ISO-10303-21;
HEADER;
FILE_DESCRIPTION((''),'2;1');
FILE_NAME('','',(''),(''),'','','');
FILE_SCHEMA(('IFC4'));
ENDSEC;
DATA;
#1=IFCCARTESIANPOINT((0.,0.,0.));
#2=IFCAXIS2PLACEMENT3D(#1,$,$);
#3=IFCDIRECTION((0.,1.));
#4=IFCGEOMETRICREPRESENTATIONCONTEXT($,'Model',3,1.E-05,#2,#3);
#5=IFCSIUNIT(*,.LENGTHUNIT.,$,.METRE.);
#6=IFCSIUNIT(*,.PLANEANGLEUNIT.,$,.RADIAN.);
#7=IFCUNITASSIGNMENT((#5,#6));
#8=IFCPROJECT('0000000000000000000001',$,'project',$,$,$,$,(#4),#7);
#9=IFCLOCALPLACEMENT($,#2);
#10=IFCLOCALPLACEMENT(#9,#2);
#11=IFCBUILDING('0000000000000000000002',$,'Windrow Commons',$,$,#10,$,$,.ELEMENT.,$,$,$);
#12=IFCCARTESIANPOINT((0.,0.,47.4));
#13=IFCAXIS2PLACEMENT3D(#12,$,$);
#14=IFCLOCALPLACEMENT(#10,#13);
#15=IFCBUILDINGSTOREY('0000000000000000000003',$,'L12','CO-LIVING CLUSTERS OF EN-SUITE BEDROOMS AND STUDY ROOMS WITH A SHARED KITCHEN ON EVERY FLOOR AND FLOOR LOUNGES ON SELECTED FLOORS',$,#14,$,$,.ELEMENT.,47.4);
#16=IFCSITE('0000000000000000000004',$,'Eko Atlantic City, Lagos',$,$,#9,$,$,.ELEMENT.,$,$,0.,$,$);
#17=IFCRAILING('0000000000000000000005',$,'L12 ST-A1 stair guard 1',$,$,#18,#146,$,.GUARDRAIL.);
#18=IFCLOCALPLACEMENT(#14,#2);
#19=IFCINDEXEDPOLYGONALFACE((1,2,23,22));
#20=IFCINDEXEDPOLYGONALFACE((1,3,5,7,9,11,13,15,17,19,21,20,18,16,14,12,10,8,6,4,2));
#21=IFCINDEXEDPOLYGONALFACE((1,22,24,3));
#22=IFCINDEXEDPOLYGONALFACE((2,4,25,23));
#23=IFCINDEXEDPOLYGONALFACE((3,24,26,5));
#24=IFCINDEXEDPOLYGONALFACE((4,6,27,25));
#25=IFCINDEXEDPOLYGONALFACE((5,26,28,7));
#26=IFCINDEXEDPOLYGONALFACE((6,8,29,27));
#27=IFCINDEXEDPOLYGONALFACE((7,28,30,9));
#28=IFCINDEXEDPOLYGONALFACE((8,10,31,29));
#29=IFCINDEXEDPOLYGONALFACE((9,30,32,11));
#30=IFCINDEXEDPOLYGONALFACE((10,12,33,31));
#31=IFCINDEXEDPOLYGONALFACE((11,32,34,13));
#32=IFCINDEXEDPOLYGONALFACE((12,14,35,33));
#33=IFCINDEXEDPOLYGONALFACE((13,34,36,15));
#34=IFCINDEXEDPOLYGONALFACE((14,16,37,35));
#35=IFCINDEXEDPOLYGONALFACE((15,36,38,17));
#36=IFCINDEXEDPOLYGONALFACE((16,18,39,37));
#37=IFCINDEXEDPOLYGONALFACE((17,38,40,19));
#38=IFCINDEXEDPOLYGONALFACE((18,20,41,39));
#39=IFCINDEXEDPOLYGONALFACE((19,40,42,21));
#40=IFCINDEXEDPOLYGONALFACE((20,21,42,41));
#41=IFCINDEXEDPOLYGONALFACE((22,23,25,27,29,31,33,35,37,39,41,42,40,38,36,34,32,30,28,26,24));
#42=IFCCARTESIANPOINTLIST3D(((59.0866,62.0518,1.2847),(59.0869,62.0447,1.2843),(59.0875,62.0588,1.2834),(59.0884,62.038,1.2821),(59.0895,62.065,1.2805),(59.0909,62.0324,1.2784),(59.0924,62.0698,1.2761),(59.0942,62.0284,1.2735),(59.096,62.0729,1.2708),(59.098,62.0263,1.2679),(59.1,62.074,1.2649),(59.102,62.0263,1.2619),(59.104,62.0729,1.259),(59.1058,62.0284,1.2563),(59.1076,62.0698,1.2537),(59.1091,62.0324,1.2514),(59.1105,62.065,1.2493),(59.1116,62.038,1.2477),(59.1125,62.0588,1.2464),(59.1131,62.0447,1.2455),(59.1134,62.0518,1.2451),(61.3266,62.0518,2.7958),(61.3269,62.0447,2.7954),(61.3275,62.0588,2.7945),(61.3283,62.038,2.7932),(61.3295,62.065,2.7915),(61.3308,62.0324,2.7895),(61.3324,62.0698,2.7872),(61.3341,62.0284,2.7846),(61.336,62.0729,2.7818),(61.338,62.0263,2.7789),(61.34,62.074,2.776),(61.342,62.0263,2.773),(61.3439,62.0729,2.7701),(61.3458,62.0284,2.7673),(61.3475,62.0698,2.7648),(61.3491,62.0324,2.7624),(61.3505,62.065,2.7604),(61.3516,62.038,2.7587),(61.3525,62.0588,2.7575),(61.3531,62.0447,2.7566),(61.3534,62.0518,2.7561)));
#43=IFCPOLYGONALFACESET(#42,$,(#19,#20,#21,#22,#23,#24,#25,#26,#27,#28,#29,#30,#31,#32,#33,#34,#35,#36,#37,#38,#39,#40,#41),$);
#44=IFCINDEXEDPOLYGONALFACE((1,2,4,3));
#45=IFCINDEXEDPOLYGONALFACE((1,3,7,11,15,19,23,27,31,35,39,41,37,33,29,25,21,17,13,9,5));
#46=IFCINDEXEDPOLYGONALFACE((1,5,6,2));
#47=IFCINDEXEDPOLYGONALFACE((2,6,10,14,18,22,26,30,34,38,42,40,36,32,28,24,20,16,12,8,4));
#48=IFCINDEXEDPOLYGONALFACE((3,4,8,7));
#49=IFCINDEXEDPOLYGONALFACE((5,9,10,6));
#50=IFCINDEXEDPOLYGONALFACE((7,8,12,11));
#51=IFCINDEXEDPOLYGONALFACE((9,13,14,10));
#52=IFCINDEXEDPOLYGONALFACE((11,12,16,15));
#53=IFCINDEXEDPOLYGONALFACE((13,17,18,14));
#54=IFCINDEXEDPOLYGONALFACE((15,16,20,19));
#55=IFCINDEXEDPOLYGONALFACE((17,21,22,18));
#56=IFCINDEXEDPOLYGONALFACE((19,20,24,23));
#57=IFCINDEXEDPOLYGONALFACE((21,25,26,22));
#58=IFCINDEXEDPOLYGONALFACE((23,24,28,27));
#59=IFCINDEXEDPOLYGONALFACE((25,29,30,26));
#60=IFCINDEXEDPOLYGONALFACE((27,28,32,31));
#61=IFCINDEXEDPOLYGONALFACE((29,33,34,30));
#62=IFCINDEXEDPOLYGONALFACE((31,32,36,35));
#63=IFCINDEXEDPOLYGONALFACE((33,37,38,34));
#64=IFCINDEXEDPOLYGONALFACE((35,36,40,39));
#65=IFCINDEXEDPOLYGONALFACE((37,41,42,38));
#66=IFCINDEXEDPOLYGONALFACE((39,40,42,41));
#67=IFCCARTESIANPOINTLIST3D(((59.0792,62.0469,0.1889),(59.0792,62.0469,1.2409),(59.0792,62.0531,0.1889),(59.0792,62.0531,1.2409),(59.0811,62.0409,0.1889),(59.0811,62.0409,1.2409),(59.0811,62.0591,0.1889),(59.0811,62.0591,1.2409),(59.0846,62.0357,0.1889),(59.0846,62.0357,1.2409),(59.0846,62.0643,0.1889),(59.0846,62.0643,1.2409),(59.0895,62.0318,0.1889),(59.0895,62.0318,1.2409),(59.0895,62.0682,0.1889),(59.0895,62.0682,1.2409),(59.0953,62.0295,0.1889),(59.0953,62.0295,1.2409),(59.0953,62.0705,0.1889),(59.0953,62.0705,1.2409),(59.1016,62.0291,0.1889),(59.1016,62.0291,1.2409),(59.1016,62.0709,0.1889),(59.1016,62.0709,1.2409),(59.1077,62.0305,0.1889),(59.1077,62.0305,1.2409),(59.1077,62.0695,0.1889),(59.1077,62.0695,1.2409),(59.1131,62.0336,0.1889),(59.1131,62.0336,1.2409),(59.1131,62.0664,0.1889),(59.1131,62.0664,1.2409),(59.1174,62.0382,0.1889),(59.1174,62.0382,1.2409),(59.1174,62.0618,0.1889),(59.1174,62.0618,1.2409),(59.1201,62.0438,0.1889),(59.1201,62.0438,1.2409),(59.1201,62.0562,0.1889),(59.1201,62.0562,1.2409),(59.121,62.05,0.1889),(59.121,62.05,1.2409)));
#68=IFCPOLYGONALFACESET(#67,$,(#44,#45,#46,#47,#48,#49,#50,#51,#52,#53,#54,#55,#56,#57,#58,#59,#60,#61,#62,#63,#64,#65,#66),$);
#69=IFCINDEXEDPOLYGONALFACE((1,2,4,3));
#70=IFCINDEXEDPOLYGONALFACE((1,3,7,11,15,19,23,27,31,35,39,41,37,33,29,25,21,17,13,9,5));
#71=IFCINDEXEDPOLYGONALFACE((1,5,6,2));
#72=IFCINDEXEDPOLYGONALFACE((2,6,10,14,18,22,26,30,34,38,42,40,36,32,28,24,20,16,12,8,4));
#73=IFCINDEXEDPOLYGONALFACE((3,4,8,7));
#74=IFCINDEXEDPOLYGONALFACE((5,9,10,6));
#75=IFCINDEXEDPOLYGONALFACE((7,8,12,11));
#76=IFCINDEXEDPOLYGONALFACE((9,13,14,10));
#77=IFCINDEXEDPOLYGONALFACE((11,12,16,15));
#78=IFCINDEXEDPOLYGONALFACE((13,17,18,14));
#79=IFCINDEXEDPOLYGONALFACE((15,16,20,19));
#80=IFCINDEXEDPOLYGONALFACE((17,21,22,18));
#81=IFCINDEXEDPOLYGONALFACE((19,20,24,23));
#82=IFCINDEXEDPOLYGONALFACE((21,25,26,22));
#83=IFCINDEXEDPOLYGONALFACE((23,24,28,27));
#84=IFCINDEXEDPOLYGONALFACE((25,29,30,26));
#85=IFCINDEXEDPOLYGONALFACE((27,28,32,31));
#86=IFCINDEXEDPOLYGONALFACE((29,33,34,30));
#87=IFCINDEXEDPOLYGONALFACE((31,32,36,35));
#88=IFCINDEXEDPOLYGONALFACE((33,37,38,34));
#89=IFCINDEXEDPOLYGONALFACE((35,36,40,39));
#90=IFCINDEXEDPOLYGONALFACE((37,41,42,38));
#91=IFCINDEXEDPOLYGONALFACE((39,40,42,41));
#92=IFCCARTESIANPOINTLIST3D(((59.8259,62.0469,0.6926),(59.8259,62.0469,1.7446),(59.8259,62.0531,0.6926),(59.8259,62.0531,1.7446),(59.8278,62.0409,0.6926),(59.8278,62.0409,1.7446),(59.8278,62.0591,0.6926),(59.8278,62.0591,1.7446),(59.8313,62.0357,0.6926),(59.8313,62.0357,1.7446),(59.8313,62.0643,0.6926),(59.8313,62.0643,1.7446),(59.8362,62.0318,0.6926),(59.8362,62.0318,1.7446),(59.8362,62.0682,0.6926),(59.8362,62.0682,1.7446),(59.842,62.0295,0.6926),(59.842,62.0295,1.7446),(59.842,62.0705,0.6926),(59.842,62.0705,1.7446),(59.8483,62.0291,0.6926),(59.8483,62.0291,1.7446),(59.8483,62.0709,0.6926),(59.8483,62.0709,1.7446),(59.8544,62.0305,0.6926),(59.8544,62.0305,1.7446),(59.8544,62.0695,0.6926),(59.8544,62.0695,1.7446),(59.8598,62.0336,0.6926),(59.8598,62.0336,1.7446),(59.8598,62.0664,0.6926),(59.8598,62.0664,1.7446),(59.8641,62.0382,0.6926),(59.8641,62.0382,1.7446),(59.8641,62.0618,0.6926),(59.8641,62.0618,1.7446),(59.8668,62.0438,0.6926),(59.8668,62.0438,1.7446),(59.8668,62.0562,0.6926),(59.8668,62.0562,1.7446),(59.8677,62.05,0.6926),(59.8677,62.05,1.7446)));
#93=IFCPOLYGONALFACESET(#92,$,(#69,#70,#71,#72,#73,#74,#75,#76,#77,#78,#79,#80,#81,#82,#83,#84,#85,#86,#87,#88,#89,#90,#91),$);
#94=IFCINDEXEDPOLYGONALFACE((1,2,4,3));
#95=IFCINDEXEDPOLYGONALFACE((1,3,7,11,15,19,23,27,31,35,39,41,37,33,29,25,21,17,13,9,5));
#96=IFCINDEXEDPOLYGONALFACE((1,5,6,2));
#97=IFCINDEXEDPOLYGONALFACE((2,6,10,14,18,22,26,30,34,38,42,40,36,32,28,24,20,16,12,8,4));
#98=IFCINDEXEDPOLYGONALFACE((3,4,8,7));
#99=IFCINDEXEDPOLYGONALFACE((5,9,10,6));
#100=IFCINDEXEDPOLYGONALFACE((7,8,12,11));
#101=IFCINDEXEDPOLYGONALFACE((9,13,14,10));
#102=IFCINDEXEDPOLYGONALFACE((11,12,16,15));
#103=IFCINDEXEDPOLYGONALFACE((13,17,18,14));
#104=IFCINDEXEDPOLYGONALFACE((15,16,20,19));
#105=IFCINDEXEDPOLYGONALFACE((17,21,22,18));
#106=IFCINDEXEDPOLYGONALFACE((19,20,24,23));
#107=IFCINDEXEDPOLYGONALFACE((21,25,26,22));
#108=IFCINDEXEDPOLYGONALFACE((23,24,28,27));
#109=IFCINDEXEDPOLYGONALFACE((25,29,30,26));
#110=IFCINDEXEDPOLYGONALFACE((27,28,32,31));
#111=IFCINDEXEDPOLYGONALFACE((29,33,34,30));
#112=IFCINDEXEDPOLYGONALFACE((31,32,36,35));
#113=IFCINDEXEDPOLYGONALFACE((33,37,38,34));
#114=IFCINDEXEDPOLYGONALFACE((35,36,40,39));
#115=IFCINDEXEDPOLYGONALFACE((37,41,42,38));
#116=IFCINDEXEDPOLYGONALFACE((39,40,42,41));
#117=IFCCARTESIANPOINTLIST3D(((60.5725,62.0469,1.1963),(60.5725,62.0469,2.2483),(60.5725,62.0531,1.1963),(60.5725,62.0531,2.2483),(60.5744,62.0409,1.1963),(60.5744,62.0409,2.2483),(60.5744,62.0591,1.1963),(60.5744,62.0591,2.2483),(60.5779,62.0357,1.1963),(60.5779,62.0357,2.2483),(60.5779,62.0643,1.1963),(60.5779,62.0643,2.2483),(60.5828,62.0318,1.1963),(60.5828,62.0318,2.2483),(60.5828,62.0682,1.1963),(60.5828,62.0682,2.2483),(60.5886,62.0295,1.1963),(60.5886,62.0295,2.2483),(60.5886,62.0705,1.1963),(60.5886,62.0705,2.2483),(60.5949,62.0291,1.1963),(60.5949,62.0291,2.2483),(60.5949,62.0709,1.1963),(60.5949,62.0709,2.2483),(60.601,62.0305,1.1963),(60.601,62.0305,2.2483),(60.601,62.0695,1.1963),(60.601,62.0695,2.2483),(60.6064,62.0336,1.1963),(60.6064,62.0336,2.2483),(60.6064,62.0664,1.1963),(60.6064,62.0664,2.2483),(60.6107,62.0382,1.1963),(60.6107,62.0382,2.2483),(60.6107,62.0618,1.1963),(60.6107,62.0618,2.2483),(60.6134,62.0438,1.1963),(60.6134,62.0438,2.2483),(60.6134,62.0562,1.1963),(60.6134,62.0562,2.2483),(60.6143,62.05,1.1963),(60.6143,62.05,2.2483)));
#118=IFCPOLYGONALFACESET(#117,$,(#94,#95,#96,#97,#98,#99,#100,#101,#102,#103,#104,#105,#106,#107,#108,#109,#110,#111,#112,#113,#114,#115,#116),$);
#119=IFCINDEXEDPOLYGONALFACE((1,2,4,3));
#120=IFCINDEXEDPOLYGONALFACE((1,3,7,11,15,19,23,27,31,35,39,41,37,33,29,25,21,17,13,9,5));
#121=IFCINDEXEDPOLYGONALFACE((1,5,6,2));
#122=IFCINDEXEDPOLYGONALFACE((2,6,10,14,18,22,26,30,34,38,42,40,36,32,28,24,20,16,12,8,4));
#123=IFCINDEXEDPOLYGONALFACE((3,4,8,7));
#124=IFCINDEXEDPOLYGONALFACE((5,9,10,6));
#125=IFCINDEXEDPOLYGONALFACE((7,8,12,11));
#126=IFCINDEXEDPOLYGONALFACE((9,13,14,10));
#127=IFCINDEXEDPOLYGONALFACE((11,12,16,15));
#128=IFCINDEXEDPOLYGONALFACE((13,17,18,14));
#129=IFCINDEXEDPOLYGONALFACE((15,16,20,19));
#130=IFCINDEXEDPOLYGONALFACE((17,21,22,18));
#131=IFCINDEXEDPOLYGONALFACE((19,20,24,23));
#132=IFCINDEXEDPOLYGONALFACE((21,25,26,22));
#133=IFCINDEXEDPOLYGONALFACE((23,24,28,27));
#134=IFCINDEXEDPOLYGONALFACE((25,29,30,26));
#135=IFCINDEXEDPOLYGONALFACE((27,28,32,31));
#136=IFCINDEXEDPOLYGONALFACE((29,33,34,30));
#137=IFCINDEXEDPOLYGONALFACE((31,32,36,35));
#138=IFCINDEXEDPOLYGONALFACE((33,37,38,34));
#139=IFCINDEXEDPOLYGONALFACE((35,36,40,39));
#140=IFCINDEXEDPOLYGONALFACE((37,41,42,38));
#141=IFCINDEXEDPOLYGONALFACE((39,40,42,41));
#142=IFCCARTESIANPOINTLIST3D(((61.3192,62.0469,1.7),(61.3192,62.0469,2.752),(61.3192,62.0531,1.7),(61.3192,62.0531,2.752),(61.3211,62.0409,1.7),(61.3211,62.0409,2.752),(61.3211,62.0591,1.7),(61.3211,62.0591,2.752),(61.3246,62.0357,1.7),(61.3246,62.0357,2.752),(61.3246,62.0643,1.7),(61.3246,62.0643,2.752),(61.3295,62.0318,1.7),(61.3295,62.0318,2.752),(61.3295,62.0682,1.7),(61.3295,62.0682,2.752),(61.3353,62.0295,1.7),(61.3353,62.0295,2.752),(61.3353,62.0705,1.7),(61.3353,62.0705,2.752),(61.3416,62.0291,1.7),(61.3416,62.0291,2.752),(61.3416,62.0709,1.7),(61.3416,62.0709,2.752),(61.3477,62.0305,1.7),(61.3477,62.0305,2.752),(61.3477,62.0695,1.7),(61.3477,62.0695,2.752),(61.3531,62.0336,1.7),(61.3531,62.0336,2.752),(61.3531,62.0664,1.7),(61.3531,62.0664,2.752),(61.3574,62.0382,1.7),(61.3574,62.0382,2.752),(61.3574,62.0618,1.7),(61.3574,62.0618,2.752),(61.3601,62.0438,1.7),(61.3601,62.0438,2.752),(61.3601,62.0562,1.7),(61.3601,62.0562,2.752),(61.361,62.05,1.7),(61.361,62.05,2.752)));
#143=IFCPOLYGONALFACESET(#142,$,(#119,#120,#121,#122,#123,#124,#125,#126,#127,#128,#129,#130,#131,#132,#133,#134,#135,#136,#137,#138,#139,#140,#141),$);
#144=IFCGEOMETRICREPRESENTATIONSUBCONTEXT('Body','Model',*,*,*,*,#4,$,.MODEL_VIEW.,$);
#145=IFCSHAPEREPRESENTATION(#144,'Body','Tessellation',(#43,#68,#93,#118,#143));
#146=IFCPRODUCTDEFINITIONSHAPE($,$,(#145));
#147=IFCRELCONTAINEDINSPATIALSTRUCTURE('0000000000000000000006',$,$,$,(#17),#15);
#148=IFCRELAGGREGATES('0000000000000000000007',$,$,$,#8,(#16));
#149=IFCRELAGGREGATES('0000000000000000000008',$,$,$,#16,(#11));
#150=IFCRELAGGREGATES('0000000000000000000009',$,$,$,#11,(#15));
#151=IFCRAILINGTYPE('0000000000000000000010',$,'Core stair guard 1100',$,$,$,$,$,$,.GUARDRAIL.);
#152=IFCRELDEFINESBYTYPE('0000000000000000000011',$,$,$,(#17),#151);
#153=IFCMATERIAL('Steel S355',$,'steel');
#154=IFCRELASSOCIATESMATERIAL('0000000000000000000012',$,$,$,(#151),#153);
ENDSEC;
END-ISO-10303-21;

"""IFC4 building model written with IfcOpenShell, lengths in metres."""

from ifc_helpers import new_model, si_unit, direction, frame, origin, origin_2d, place, context, subcontext, project, spatial, circle, extrude, material, type_object, element, save


model = new_model("IFC4")

# Units and contexts
model_context = context("Model", 3, precision=1e-05, world=origin(), true_north=direction((0.0, 1.0)))
body_context = subcontext(model_context, "Body", "Model", "MODEL_VIEW")
ifc_project = project(units=[si_unit("LENGTHUNIT", "METRE"), si_unit("PLANEANGLEUNIT", "RADIAN")], contexts=[model_context])

# Site, building, storey
site_placement = place(None, origin())
site = spatial("IfcSite", under=ifc_project, at=site_placement, Name="Eko Atlantic City, Lagos", CompositionType="ELEMENT", RefElevation=0.0)
building_placement = place(site_placement, origin())
building = spatial("IfcBuilding", under=site, at=building_placement, Name="Windrow Commons", CompositionType="ELEMENT")
storey_placement = place(building_placement, frame((0.0, 0.0, 47.4)))
storey = spatial("IfcBuildingStorey", under=building, at=storey_placement, Name="L12", Description="CO-LIVING CLUSTERS OF EN-SUITE BEDROOMS AND STUDY ROOMS WITH A SHARED KITCHEN ON EVERY FLOOR AND FLOOR LOUNGES ON SELECTED FLOORS", CompositionType="ELEMENT", Elevation=47.4)

# Railing
ifc_material_1 = material(Name="Steel S355", Category="steel")
railing_type_1 = type_object("IfcRailingType", Name="Core stair guard 1100", PredefinedType="GUARDRAIL", material=ifc_material_1)
railing_1_placement = place(storey_placement, frame((59.1, 62.05, 0.1889)))
element("IfcRailing", 1, at=railing_1_placement, inside=storey, type_object=railing_type_1, Name="L12 ST-A1 stair guard 1", PredefinedType="GUARDRAIL", context=body_context, shape_type="SweptSolid", body=[
    extrude(circle(Radius=0.024, at=origin_2d()), frame((0.0, 0.0, 1.076), z_axis=(0.829003, 0.0, 0.559244), x_axis=(0.0, 1.0, 0.0)), (0.0, 0.0, 1.0), 2.702),
    extrude(circle(Radius=0.021, at=origin_2d()), origin(), (0.0, 0.0, 1.0), 1.052),
    extrude(circle(Radius=0.021, at=origin_2d()), frame((0.7467, 0.0, 0.5037)), (0.0, 0.0, 1.0), 1.052),
    extrude(circle(Radius=0.021, at=origin_2d()), frame((1.4933, 0.0, 1.0074)), (0.0, 0.0, 1.0), 1.052),
    extrude(circle(Radius=0.021, at=origin_2d()), frame((2.24, 0.0, 1.5111)), (0.0, 0.0, 1.0), 1.052),
])

save(model, "model.ifc")
